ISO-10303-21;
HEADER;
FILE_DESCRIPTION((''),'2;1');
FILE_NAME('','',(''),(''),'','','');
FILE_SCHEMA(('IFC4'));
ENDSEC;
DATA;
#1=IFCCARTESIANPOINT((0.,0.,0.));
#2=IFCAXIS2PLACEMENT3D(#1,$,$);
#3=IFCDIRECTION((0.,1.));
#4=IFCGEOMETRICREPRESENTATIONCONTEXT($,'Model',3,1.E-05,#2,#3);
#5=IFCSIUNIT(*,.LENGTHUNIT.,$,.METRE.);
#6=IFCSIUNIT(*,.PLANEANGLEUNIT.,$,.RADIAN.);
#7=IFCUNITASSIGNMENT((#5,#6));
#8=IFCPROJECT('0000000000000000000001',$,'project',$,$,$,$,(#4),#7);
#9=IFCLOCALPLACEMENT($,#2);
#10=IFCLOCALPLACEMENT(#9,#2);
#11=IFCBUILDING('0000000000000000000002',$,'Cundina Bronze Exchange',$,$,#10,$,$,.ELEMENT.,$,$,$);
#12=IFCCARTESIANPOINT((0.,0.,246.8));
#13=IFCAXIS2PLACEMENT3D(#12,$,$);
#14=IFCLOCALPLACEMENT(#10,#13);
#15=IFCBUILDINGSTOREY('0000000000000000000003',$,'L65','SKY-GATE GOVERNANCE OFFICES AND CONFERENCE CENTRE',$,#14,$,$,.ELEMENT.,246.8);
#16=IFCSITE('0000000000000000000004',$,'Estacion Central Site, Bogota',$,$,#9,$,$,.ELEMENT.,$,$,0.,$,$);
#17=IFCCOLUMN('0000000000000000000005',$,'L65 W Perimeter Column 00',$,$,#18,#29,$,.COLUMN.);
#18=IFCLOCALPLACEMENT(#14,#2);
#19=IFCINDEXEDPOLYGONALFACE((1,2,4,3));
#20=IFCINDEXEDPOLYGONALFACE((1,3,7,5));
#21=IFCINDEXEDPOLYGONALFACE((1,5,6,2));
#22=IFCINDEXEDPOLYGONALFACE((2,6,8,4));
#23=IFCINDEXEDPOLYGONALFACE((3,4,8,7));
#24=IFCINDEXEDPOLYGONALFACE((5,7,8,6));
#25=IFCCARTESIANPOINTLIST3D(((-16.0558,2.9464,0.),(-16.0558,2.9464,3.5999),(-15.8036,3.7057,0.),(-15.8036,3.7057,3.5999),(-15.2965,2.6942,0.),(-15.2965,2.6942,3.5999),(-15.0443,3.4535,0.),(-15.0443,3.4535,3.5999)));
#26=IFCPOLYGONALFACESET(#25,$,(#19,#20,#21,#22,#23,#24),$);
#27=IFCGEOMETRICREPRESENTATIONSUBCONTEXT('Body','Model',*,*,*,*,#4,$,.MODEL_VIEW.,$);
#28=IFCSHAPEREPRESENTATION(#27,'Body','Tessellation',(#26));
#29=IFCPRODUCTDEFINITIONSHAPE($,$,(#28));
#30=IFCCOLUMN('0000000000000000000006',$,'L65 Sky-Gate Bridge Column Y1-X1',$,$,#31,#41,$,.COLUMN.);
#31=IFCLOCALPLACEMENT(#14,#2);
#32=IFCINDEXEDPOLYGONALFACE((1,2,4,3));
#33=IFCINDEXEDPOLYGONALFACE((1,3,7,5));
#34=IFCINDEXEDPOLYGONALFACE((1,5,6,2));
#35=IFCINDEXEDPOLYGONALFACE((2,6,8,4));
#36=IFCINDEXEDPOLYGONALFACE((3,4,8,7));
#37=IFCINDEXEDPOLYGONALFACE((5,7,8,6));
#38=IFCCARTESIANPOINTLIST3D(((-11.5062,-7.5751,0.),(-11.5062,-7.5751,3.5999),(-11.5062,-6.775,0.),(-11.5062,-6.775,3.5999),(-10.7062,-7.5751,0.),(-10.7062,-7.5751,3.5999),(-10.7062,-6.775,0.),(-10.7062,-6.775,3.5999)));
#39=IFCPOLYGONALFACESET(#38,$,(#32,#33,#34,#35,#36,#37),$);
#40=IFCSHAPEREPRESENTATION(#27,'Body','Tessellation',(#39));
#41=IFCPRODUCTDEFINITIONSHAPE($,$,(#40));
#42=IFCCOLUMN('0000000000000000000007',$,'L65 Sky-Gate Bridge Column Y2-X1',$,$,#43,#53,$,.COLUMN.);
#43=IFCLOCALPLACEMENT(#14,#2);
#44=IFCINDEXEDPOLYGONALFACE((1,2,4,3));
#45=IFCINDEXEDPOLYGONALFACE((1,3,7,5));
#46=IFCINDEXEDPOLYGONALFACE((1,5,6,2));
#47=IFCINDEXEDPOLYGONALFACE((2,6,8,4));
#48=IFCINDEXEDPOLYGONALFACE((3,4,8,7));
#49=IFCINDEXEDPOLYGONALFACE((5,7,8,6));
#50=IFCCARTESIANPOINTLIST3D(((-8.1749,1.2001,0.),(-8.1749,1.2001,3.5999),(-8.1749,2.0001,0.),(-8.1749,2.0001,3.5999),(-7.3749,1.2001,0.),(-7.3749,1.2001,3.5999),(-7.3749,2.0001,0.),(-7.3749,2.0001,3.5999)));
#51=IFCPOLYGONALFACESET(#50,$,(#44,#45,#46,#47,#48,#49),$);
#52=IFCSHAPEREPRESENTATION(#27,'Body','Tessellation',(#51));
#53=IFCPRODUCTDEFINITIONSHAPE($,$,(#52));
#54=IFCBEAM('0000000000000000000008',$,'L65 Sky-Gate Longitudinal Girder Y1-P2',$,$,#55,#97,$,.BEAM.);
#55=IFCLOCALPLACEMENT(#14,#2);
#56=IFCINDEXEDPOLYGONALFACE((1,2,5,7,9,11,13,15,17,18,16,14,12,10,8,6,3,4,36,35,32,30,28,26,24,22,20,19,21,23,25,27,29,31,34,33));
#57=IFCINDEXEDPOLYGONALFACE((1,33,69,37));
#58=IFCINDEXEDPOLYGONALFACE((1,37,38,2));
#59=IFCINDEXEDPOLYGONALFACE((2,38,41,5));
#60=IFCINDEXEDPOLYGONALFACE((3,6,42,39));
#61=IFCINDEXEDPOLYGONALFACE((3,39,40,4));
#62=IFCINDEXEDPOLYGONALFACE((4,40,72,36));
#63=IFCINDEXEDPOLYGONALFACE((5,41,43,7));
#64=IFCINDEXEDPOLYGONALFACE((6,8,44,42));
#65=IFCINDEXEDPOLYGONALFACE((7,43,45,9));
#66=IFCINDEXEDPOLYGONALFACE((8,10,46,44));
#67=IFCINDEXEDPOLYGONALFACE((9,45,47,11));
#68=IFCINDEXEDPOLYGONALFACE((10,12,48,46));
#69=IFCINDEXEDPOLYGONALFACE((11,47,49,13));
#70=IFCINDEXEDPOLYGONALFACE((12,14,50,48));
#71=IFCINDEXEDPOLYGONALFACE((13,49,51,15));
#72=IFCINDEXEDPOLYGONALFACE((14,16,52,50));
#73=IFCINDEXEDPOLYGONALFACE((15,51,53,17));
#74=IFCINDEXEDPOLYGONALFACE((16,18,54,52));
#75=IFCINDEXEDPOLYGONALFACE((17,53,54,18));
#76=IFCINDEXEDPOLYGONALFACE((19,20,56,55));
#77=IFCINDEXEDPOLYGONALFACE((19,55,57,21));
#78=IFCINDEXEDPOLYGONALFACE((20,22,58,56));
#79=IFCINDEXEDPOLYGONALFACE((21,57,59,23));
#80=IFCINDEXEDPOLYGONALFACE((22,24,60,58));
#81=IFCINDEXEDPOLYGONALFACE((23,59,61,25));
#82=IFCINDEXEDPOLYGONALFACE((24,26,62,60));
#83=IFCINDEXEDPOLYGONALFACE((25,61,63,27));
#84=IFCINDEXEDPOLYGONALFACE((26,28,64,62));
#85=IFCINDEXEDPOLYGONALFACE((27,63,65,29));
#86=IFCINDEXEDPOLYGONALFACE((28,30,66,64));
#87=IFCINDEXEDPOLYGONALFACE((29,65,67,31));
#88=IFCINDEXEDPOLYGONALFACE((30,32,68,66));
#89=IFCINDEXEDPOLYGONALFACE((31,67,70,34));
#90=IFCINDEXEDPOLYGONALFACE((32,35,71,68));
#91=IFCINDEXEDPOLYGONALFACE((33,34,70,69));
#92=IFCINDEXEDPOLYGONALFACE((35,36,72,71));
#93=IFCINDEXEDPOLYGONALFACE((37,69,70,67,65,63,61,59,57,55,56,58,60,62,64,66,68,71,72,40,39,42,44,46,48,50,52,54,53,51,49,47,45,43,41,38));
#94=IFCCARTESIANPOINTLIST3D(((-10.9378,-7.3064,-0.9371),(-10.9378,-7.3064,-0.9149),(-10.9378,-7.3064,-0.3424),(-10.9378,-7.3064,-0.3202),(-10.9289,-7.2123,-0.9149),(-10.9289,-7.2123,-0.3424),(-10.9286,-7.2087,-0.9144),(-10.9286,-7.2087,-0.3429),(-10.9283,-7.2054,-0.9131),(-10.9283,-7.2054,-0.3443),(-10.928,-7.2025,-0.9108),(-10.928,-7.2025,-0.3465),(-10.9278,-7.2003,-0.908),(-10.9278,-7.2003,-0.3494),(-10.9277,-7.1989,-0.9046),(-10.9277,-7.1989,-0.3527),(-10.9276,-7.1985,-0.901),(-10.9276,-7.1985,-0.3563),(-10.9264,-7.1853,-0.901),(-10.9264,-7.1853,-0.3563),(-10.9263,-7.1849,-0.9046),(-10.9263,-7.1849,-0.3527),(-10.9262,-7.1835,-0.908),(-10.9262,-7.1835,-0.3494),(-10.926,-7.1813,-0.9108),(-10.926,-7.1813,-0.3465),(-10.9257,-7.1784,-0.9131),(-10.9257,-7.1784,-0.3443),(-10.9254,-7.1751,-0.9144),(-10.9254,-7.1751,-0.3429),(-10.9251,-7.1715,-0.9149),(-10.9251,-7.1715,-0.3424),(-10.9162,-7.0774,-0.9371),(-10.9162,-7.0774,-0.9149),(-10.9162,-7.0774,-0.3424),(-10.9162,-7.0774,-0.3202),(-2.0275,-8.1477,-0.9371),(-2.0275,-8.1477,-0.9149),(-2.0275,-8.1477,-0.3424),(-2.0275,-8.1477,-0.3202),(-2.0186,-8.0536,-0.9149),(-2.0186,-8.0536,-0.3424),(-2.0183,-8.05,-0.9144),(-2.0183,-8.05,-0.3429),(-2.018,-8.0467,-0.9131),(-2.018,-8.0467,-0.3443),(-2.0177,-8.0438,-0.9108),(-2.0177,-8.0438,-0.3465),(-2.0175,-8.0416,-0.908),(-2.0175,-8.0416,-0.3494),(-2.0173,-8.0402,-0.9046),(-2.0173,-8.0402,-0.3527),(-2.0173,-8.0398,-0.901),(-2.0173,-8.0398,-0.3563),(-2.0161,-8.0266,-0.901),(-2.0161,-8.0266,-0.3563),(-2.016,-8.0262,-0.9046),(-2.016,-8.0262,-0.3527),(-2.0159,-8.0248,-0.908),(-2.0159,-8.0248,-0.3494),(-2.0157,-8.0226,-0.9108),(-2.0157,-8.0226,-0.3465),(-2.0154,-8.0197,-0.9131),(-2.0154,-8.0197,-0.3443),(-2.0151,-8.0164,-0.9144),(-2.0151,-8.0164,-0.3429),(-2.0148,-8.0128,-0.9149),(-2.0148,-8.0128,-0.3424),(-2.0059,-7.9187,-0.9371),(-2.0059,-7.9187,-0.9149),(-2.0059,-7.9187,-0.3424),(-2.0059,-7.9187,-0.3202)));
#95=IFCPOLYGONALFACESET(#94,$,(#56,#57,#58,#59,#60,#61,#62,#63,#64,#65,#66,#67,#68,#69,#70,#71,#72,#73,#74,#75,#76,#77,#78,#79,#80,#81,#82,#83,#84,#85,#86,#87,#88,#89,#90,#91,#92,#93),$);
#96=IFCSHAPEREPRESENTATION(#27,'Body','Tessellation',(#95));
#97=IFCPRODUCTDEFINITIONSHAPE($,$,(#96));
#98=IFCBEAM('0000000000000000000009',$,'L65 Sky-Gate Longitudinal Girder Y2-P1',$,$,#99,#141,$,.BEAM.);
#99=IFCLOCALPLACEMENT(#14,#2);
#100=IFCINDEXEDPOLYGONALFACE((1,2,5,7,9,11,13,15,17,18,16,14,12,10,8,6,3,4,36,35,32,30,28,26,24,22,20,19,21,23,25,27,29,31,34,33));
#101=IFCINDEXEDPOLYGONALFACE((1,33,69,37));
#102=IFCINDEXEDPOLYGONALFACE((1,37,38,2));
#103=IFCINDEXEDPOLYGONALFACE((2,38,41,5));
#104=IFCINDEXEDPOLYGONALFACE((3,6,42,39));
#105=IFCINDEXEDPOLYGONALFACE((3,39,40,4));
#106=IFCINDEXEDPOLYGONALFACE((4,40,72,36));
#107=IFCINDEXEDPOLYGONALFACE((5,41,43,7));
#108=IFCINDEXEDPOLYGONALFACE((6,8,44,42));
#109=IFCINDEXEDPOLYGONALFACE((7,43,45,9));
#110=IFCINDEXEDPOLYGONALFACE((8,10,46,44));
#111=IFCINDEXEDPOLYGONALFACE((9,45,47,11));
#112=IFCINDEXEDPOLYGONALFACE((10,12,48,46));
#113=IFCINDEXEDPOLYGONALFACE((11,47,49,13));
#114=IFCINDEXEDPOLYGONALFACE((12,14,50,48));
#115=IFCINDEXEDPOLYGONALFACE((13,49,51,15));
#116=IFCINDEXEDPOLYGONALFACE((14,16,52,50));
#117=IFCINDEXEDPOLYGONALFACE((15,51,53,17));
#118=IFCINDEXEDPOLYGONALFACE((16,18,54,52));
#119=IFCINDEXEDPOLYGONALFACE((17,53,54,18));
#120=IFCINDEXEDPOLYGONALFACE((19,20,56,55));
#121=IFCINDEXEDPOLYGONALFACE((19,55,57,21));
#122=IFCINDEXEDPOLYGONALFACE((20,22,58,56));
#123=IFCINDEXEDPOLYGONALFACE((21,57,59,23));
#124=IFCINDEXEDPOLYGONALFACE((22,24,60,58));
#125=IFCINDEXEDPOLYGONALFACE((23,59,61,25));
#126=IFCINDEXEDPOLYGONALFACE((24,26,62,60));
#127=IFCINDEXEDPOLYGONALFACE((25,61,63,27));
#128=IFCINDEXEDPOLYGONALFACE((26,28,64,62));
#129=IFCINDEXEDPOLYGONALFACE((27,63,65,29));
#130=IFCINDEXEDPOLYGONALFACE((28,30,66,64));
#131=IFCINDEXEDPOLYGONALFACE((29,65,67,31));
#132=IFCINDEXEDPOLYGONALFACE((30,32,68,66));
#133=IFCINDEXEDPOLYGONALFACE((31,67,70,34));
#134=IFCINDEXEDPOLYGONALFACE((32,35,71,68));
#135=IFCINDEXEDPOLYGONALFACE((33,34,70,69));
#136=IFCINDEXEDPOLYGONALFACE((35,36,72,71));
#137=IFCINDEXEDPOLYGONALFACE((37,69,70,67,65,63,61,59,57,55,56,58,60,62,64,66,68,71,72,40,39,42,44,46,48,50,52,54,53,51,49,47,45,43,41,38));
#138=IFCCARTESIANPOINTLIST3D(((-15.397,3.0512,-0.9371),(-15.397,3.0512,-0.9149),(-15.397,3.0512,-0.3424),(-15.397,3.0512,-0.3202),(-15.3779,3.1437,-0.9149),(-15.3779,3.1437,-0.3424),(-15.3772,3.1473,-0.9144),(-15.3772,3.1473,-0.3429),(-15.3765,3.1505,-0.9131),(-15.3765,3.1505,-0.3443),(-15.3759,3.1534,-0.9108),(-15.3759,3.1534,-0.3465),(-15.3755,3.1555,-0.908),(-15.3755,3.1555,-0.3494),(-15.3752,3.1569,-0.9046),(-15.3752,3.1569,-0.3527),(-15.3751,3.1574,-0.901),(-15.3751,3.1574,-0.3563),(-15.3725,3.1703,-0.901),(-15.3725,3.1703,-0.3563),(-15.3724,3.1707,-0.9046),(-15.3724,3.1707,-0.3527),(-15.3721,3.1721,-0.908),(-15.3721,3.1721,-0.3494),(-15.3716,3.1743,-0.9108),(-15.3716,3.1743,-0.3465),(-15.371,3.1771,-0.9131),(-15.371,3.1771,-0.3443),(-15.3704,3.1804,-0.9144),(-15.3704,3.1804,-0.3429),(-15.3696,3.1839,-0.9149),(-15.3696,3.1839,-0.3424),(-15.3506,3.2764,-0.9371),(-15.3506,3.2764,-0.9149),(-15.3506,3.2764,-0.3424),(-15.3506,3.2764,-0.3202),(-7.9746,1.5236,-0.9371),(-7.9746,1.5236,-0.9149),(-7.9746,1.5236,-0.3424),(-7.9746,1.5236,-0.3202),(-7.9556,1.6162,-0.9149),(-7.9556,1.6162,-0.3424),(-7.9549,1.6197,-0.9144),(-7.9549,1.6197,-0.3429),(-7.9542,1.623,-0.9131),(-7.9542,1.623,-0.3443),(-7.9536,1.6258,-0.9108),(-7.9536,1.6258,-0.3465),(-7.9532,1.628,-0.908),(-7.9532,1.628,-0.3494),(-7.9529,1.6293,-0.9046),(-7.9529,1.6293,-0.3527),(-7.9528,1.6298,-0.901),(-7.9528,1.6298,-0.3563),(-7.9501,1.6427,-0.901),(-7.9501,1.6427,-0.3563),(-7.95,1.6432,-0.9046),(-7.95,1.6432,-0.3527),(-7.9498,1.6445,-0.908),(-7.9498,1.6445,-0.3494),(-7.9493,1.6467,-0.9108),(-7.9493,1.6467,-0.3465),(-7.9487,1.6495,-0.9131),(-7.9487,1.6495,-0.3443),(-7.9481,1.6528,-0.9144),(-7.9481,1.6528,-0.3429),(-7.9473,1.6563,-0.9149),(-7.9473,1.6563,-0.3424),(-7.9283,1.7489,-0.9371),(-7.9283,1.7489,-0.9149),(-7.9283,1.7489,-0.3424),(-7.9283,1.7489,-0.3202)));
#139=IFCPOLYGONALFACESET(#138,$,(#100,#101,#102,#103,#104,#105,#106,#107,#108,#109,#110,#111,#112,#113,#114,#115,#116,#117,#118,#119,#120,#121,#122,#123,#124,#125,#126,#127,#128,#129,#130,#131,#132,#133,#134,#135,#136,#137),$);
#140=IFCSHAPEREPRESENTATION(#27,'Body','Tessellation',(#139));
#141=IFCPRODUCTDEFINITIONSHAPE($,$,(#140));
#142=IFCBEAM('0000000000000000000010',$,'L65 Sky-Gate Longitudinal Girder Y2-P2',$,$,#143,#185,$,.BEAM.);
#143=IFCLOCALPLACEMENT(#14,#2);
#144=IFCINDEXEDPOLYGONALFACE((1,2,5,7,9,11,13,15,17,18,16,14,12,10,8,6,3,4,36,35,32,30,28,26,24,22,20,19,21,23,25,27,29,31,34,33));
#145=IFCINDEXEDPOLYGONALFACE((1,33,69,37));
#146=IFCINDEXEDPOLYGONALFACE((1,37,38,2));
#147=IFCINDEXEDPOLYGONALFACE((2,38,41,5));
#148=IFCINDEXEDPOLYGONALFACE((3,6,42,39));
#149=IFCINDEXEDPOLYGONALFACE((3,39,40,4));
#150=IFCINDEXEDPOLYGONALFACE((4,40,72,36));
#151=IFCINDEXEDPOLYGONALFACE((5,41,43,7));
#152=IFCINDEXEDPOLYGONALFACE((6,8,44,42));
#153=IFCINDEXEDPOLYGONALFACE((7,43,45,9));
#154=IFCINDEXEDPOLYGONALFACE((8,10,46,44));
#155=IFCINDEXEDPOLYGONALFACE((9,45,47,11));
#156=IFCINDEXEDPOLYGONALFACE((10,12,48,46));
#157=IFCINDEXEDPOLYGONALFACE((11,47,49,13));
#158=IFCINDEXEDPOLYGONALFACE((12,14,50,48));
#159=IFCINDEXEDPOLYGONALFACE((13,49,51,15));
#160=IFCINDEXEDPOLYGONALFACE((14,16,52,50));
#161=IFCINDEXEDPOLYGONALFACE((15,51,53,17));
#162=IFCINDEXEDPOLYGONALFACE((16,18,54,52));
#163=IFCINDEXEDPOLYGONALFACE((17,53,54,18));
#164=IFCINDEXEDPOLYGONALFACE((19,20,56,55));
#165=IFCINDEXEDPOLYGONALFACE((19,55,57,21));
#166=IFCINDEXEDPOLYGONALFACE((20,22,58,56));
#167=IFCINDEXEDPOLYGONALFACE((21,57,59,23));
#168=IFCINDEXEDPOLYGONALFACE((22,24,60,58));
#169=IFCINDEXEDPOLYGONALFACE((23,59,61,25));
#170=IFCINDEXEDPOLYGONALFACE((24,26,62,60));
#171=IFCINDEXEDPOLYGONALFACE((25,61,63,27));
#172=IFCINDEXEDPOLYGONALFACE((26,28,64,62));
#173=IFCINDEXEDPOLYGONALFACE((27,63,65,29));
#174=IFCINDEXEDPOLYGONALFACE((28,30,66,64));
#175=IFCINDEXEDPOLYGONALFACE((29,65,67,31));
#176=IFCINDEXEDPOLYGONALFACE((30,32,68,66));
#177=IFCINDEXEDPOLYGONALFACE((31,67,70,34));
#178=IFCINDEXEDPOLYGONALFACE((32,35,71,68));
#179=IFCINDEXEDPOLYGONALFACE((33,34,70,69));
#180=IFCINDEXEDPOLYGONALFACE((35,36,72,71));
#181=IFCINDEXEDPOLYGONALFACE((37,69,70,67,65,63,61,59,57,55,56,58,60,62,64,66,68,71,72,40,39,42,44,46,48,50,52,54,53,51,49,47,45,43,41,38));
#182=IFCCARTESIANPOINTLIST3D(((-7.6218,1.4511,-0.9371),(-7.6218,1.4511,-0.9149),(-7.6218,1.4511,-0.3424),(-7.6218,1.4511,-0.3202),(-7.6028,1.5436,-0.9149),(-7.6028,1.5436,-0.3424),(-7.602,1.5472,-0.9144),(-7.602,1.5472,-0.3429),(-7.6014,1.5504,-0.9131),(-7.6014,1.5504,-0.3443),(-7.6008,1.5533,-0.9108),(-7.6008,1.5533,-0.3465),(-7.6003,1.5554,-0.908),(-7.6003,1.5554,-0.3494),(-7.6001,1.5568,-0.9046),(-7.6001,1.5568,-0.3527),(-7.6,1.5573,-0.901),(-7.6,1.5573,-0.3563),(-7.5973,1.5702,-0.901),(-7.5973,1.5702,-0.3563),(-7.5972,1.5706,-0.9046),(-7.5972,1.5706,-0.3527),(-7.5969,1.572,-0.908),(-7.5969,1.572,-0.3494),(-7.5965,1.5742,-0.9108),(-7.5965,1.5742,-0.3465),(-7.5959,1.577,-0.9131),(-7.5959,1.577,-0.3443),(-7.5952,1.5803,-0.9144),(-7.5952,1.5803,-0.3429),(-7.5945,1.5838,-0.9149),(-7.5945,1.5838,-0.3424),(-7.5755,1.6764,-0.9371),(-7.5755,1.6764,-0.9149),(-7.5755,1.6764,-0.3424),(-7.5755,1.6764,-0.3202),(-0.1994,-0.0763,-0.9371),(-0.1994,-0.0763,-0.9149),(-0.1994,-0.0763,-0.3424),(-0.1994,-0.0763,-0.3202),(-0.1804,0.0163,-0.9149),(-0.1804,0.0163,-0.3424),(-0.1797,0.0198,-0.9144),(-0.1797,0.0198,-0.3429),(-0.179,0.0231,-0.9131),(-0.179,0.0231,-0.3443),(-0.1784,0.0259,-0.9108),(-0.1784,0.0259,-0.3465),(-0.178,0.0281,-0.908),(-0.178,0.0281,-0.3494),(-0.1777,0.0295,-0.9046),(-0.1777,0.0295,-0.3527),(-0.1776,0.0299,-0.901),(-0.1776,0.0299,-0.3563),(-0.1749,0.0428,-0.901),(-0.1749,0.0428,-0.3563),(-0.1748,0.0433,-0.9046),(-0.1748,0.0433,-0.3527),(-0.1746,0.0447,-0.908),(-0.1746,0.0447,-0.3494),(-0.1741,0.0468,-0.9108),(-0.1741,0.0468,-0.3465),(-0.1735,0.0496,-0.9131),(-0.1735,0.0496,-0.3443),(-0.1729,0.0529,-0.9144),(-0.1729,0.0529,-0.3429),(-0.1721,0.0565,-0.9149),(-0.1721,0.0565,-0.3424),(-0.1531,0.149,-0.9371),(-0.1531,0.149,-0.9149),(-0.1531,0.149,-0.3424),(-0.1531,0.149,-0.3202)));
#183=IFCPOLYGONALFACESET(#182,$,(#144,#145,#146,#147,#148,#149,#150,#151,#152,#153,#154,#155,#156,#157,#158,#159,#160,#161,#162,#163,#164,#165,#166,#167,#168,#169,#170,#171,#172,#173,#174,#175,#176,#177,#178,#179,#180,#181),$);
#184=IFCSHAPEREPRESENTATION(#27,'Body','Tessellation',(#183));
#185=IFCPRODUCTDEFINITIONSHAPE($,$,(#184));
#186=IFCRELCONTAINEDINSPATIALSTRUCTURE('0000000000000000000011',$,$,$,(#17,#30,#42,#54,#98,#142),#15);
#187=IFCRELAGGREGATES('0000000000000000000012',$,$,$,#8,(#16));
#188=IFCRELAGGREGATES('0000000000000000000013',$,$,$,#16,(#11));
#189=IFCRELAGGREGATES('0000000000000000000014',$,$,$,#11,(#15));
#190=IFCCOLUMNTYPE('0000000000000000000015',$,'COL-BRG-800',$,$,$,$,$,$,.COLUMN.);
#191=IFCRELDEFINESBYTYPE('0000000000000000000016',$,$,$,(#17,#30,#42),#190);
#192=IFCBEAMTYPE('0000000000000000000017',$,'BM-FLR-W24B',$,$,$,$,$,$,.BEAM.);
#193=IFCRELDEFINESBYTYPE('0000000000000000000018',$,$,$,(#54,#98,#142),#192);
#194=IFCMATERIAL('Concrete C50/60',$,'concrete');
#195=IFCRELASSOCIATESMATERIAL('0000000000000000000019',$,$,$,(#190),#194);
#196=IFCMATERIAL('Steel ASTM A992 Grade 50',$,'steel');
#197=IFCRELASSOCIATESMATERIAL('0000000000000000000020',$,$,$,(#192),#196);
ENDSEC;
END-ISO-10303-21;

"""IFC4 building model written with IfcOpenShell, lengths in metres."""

from ifc_helpers import new_model, si_unit, direction, frame, origin, origin_2d, place, context, subcontext, project, spatial, rectangle, i_section, extrude, material, material_profile, profile_set, type_object, element, save


model = new_model("IFC4")

# Units and contexts
model_context = context("Model", 3, precision=1e-05, world=origin(), true_north=direction((0.0, 1.0)))
body_context = subcontext(model_context, "Body", "Model", "MODEL_VIEW")
ifc_project = project(units=[si_unit("LENGTHUNIT", "METRE"), si_unit("PLANEANGLEUNIT", "RADIAN")], contexts=[model_context])

# Site, building, storey
site_placement = place(None, origin())
site = spatial("IfcSite", under=ifc_project, at=site_placement, Name="Estacion Central Site, Bogota", CompositionType="ELEMENT", RefElevation=0.0)
building_placement = place(site_placement, origin())
building = spatial("IfcBuilding", under=site, at=building_placement, Name="Cundina Bronze Exchange", CompositionType="ELEMENT")
storey_placement = place(building_placement, frame((0.0, 0.0, 246.8)))
storey = spatial("IfcBuildingStorey", under=building, at=storey_placement, Name="L65", Description="SKY-GATE GOVERNANCE OFFICES AND CONFERENCE CENTRE", CompositionType="ELEMENT", Elevation=246.8)

# Columns
ifc_material_1 = material(Name="Concrete C50/60", Category="concrete")
ifc_material_profile_1 = material_profile(ifc_material_1, rectangle(XDim=0.8, YDim=0.8, at=origin_2d()), Name="RC800X800", Category="concrete")
ifc_profile_set_1 = profile_set([ifc_material_profile_1], Name="Concrete C50/60")
column_type = type_object("IfcColumnType", Name="COL-BRG-800", PredefinedType="COLUMN", material=ifc_profile_set_1)
for number, where, z_axis, x_axis, name in (
    (1, (-15.55, 3.2, 0.0), (0.0, 0.0, 1.0), (0.315152, 0.949041, 0.0), "L65 W Perimeter Column 00"),
    (2, (-11.1062, -7.175, 0.0), (0.0, 0.0, 1.0), (1.0, 0.0, 0.0), "L65 Sky-Gate Bridge Column Y1-X1"),
    (3, (-7.7749, 1.6001, 0.0), (0.0, 0.0, 1.0), (1.0, 0.0, 0.0), "L65 Sky-Gate Bridge Column Y2-X1"),
):
    element("IfcColumn", number, at=place(storey_placement, frame(where, z_axis=z_axis, x_axis=x_axis)), inside=storey, type_object=column_type, Name=name, PredefinedType="COLUMN", context=body_context, shape_type="SweptSolid", body=[
        extrude(rectangle(XDim=0.8, YDim=0.8, at=origin_2d()), origin(), (0.0, 0.0, 1.0), 3.5999),
    ])

# Beams
ifc_material_2 = material(Name="Steel ASTM A992 Grade 50", Category="steel")
ifc_material_profile_2 = material_profile(ifc_material_2, i_section(OverallWidth=0.23, OverallDepth=0.6169, WebThickness=0.0132, FlangeThickness=0.0222, FilletRadius=0.0139, at=origin_2d()), Name="W24X94", Category="steel")
ifc_profile_set_2 = profile_set([ifc_material_profile_2], Name="Steel ASTM A992 Grade 50")
beam_type_1 = type_object("IfcBeamType", Name="BM-FLR-W24B", PredefinedType="BEAM", material=ifc_profile_set_2)
beam_1_placement = place(storey_placement, frame((-10.927, -7.1919, -0.6287), z_axis=(0.995572, -0.094001, 0.0), x_axis=(0.094001, 0.995572, 0.0)))
element("IfcBeam", 4, at=beam_1_placement, inside=storey, type_object=beam_type_1, Name="L65 Sky-Gate Longitudinal Girder Y1-P2", PredefinedType="BEAM", context=body_context, shape_type="SweptSolid", body=[
    extrude(i_section(OverallWidth=0.23, OverallDepth=0.6169, WebThickness=0.0132, FlangeThickness=0.0222, FilletRadius=0.0139, at=origin_2d()), origin(), (0.0, 0.0, 1.0), 8.95),
])
for number, where, z_axis, x_axis, name in (
    (5, (-15.3738, 3.1638, -0.6287), (0.979471, -0.201584, 0.0), (0.201584, 0.979471, 0.0), "L65 Sky-Gate Longitudinal Girder Y2-P1"),
    (6, (-7.5986, 1.5637, -0.6287), (0.979478, -0.201553, 0.0), (0.201553, 0.979478, 0.0), "L65 Sky-Gate Longitudinal Girder Y2-P2"),
):
    element("IfcBeam", number, at=place(storey_placement, frame(where, z_axis=z_axis, x_axis=x_axis)), inside=storey, type_object=beam_type_1, Name=name, PredefinedType="BEAM", context=body_context, shape_type="SweptSolid", body=[
        extrude(i_section(OverallWidth=0.23, OverallDepth=0.6169, WebThickness=0.0132, FlangeThickness=0.0222, FilletRadius=0.0139, at=origin_2d()), origin(), (0.0, 0.0, 1.0), 7.5779),
    ])

save(model, "model.ifc")
